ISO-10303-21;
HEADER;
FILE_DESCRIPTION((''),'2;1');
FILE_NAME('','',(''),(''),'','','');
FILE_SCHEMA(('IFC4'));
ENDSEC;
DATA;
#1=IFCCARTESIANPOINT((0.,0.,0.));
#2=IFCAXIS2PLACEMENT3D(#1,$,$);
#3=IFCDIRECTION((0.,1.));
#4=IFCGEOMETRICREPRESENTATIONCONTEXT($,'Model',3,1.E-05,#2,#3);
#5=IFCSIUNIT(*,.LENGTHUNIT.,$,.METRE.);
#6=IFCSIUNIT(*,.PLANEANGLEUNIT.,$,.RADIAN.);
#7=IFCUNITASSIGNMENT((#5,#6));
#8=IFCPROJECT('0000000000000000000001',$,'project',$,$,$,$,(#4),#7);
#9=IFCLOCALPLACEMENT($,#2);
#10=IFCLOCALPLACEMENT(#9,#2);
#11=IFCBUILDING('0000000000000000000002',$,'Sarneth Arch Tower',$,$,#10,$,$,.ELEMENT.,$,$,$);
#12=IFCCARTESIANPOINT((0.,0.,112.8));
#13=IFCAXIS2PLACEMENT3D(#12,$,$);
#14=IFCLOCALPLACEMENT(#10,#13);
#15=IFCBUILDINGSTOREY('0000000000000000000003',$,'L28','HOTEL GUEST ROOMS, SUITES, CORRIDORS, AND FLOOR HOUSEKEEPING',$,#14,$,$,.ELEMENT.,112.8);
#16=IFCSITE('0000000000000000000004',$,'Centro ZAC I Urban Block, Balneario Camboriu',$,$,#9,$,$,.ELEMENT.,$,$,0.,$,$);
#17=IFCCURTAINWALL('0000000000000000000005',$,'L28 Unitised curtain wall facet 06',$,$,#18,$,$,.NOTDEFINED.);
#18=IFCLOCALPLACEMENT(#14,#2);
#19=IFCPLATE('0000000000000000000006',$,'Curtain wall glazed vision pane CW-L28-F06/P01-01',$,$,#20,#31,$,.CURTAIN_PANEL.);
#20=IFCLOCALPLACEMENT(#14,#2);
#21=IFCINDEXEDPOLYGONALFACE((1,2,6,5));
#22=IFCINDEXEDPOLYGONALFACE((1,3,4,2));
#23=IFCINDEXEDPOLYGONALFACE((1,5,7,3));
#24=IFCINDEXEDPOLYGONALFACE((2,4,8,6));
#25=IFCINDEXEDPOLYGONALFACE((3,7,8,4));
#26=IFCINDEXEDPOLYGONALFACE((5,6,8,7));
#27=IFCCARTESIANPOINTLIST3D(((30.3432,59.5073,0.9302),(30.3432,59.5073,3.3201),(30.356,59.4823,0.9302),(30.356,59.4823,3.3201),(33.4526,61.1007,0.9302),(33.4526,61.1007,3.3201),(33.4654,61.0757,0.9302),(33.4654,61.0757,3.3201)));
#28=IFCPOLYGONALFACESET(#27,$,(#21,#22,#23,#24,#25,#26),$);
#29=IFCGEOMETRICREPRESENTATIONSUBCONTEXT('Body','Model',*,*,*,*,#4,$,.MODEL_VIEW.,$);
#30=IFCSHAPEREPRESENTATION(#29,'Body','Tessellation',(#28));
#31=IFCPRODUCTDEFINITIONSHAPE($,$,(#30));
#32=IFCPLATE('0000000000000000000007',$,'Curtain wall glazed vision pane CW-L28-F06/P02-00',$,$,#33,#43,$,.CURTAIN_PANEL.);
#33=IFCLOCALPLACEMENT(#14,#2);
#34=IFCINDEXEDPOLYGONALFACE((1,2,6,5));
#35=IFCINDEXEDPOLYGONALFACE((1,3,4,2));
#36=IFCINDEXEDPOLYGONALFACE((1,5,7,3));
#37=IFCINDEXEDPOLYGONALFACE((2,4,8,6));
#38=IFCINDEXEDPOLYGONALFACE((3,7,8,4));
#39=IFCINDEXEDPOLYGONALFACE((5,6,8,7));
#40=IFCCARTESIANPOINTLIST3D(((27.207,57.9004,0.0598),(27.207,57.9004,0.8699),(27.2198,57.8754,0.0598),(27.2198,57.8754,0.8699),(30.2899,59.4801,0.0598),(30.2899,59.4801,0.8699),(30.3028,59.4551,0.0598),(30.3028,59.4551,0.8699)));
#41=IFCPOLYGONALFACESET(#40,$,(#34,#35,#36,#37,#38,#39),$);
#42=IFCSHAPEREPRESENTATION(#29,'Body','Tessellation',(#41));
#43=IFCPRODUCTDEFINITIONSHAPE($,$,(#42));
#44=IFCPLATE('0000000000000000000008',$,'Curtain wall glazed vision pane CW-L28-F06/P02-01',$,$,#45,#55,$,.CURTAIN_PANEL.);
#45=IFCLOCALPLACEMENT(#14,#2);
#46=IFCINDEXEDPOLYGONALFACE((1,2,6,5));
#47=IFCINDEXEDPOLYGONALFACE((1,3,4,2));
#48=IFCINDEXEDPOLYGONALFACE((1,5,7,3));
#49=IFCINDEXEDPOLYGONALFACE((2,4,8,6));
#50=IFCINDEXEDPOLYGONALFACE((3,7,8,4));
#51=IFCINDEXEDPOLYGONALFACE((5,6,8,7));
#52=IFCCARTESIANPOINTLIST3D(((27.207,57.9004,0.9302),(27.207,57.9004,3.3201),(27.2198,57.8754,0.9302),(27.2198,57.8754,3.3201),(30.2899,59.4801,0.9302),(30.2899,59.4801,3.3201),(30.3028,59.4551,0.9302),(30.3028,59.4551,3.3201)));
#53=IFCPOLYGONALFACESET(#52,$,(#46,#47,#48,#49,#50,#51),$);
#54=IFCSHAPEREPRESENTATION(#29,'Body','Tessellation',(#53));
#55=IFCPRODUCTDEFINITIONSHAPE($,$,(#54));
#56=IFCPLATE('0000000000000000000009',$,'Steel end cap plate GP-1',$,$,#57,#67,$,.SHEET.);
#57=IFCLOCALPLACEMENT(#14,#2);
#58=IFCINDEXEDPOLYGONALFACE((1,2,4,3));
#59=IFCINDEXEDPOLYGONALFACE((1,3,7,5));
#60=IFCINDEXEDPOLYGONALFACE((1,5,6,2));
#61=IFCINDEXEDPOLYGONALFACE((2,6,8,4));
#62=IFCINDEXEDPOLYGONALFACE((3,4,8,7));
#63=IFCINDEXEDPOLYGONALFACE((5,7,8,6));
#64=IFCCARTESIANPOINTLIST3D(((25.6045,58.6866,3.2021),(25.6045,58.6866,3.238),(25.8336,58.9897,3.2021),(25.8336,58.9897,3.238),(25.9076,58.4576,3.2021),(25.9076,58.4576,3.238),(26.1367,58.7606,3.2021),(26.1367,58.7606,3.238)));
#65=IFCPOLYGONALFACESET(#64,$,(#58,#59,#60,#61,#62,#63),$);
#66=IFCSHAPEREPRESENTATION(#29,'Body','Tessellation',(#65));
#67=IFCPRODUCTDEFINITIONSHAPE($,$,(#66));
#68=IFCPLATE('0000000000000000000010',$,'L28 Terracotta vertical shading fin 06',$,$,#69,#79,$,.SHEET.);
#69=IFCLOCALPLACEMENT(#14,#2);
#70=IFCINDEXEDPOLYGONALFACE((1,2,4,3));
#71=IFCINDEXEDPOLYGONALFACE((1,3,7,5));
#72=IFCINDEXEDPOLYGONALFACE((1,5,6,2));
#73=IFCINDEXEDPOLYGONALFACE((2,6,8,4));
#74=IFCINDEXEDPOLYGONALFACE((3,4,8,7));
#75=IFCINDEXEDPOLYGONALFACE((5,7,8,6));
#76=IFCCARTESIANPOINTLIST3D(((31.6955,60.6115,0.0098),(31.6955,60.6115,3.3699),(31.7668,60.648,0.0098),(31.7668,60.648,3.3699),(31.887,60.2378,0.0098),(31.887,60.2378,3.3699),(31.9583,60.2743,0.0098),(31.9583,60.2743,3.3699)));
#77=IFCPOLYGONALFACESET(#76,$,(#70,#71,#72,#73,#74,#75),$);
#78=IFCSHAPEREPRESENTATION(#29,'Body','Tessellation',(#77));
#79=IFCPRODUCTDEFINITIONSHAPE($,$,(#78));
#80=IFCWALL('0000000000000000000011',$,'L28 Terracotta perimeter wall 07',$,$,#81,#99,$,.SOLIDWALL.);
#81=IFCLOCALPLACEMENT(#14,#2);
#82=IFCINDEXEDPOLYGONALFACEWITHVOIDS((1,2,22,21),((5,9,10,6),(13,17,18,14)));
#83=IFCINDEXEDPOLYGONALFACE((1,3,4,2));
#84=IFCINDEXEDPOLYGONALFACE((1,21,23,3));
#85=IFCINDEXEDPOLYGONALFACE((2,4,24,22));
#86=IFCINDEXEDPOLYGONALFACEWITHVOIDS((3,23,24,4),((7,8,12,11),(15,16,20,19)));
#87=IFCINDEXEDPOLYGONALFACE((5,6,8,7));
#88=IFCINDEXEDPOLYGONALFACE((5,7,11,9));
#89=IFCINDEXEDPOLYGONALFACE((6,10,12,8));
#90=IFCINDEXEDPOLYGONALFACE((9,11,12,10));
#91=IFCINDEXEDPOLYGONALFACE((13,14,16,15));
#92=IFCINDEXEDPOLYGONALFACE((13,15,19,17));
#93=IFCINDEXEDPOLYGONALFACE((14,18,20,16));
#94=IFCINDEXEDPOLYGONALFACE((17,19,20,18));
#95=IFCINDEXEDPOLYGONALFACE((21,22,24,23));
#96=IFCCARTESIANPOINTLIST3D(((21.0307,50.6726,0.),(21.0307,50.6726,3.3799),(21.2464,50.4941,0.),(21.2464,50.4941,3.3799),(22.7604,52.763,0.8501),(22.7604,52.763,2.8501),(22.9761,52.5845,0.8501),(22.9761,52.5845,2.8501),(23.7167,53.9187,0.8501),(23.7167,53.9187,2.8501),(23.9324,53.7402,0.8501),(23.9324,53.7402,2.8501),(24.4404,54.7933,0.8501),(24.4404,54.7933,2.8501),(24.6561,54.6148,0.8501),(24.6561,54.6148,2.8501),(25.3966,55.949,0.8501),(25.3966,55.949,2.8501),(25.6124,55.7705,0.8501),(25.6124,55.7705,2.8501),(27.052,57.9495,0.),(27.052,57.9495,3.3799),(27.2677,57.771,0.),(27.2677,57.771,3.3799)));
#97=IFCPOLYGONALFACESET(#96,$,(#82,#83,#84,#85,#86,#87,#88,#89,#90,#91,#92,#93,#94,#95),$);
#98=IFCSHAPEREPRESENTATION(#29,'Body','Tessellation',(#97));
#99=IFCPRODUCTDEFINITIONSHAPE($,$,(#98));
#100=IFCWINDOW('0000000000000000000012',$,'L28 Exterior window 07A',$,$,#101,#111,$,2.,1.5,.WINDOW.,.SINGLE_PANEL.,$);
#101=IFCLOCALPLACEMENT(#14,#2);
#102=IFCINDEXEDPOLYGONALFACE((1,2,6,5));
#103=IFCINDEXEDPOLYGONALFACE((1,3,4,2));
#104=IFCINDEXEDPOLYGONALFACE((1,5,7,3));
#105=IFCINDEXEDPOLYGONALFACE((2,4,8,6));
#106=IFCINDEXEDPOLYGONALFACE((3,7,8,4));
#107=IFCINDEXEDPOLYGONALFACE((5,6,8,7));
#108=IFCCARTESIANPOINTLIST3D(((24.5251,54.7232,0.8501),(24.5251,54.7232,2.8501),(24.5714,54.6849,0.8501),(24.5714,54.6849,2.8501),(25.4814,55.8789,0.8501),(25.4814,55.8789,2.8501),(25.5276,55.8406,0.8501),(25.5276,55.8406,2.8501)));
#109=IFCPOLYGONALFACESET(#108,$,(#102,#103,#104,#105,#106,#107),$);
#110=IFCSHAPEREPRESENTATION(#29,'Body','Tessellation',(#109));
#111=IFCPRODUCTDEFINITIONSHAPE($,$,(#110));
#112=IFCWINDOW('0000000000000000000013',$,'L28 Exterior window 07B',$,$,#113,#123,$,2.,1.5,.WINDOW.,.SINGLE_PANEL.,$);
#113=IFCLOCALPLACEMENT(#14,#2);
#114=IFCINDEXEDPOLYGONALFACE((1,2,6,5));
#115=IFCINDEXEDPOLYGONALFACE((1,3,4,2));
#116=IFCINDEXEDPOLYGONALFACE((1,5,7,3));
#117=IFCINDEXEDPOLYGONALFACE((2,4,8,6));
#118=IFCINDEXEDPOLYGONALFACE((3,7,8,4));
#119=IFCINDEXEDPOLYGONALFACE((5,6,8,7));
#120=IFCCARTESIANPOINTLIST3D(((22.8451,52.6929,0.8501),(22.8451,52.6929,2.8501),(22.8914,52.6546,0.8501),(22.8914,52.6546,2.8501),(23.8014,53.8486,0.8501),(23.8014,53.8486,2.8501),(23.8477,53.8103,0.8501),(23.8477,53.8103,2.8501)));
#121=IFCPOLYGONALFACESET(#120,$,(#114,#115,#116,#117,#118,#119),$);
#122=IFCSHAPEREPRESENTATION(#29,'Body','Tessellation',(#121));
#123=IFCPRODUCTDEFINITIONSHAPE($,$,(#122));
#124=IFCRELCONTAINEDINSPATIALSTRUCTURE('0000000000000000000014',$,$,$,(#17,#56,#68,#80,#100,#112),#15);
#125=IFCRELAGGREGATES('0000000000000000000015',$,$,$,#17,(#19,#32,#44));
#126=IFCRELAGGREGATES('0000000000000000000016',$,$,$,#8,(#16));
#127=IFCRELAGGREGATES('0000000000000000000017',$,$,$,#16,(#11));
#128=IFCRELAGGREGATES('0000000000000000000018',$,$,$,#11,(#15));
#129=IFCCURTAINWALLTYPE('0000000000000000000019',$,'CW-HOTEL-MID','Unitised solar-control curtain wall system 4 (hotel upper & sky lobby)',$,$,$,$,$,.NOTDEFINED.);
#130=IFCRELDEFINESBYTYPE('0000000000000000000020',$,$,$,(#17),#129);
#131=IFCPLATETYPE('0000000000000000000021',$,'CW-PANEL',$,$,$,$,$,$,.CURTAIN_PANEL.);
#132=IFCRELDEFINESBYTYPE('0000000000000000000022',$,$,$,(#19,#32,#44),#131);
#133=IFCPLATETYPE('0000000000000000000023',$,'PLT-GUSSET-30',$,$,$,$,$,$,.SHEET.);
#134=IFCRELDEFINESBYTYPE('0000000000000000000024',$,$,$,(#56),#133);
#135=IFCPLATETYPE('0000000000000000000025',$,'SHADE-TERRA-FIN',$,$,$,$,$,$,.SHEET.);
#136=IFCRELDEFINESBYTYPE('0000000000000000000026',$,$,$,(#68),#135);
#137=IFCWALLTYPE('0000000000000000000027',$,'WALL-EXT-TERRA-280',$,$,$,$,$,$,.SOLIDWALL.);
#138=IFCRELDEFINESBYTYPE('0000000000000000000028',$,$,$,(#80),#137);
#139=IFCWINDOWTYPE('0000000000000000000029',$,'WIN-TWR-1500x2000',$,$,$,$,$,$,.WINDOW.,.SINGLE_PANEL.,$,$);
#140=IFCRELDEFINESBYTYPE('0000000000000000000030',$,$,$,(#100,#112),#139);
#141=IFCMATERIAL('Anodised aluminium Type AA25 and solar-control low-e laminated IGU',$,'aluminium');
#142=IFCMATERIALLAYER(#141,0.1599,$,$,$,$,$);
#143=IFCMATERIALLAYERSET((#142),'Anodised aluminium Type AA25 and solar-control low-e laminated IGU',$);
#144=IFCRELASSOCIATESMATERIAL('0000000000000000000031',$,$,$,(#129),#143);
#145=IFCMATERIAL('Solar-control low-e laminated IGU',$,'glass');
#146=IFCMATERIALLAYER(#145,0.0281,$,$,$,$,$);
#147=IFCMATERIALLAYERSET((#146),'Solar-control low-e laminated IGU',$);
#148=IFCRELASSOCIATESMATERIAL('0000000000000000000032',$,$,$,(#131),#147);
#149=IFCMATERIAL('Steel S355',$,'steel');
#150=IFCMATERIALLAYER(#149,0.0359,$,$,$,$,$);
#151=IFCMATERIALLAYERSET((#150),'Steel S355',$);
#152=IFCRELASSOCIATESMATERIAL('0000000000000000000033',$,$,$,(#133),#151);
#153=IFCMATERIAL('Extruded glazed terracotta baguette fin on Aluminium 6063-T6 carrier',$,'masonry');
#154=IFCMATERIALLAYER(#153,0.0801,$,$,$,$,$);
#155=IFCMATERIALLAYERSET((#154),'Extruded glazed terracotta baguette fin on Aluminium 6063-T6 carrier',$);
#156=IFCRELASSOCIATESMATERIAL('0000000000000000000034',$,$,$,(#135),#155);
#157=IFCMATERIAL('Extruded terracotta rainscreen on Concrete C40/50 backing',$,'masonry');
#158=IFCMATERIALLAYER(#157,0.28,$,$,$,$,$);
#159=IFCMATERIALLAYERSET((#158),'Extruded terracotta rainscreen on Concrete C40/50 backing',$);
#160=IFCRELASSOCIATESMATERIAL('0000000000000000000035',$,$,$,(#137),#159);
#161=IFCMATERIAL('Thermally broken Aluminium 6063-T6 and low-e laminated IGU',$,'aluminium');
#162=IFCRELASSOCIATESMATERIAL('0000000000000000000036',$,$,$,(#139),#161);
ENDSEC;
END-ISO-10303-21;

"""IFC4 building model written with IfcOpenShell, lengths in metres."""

from ifc_helpers import new_model, si_unit, direction, frame, frame_2d, origin, origin_2d, place, context, subcontext, project, spatial, rectangle, extrude, material, layer, layer_set, type_object, element, fill, aggregate, save


model = new_model("IFC4")

# Units and contexts
model_context = context("Model", 3, precision=1e-05, world=origin(), true_north=direction((0.0, 1.0)))
body_context = subcontext(model_context, "Body", "Model", "MODEL_VIEW")
ifc_project = project(units=[si_unit("LENGTHUNIT", "METRE"), si_unit("PLANEANGLEUNIT", "RADIAN")], contexts=[model_context])

# Site, building, storey
site_placement = place(None, origin())
site = spatial("IfcSite", under=ifc_project, at=site_placement, Name="Centro ZAC I Urban Block, Balneario Camboriu", CompositionType="ELEMENT", RefElevation=0.0)
building_placement = place(site_placement, origin())
building = spatial("IfcBuilding", under=site, at=building_placement, Name="Sarneth Arch Tower", CompositionType="ELEMENT")
storey_placement = place(building_placement, frame((0.0, 0.0, 112.8)))
storey = spatial("IfcBuildingStorey", under=building, at=storey_placement, Name="L28", Description="HOTEL GUEST ROOMS, SUITES, CORRIDORS, AND FLOOR HOUSEKEEPING", CompositionType="ELEMENT", Elevation=112.8)

# Curtain wall
ifc_material_1 = material(Name="Anodised aluminium Type AA25 and solar-control low-e laminated IGU", Category="aluminium")
ifc_layer_1 = layer(ifc_material_1, 0.1599)
ifc_layer_set_1 = layer_set([ifc_layer_1], Name="Anodised aluminium Type AA25 and solar-control low-e laminated IGU")
curtain_wall_type = type_object("IfcCurtainWallType", Name="CW-HOTEL-MID", Description="Unitised solar-control curtain wall system 4 (hotel upper & sky lobby)", PredefinedType="NOTDEFINED", material=ifc_layer_set_1)
curtain_wall_placement = place(storey_placement, origin())
curtain_wall = element("IfcCurtainWall", 1, at=curtain_wall_placement, inside=storey, type_object=curtain_wall_type, Name="L28 Unitised curtain wall facet 06", PredefinedType="NOTDEFINED")

# Plates
ifc_material_2 = material(Name="Solar-control low-e laminated IGU", Category="glass")
ifc_layer_2 = layer(ifc_material_2, 0.0281)
ifc_layer_set_2 = layer_set([ifc_layer_2], Name="Solar-control low-e laminated IGU")
plate_type_1 = type_object("IfcPlateType", Name="CW-PANEL", PredefinedType="CURTAIN_PANEL", material=ifc_layer_set_2)
plate_1_placement = place(storey_placement, frame((31.9043, 60.2915, 0.9302), z_axis=(0.0, 0.0, 1.0), x_axis=(-0.889964, -0.456031, 0.0)))
plate_1 = element("IfcPlate", 2, at=plate_1_placement, type_object=plate_type_1, Name="Curtain wall glazed vision pane CW-L28-F06/P01-01", PredefinedType="CURTAIN_PANEL", context=body_context, shape_type="SweptSolid", body=[
    extrude(rectangle(XDim=3.4939, YDim=0.0281, at=origin_2d()), origin(), (0.0, 0.0, 1.0), 2.3899),
])
plate_2_placement = place(storey_placement, frame((28.7549, 58.6777, 0.0598), z_axis=(0.0, 0.0, 1.0), x_axis=(-0.889964, -0.456031, 0.0)))
plate_2 = element("IfcPlate", 3, at=plate_2_placement, type_object=plate_type_1, Name="Curtain wall glazed vision pane CW-L28-F06/P02-00", PredefinedType="CURTAIN_PANEL", context=body_context, shape_type="SweptSolid", body=[
    extrude(rectangle(XDim=3.4641, YDim=0.0281, at=origin_2d()), origin(), (0.0, 0.0, 1.0), 0.8101),
])
plate_3_placement = place(storey_placement, frame((28.7549, 58.6777, 0.9302), z_axis=(0.0, 0.0, 1.0), x_axis=(-0.889964, -0.456031, 0.0)))
plate_3 = element("IfcPlate", 4, at=plate_3_placement, type_object=plate_type_1, Name="Curtain wall glazed vision pane CW-L28-F06/P02-01", PredefinedType="CURTAIN_PANEL", context=body_context, shape_type="SweptSolid", body=[
    extrude(rectangle(XDim=3.4641, YDim=0.0281, at=origin_2d()), origin(), (0.0, 0.0, 1.0), 2.3899),
])
aggregate(curtain_wall, [plate_1, plate_2, plate_3])

# Plates
ifc_material_3 = material(Name="Steel S355", Category="steel")
ifc_layer_3 = layer(ifc_material_3, 0.0359)
ifc_layer_set_3 = layer_set([ifc_layer_3], Name="Steel S355")
plate_type_2 = type_object("IfcPlateType", Name="PLT-GUSSET-30", PredefinedType="SHEET", material=ifc_layer_set_3)
plate_4_placement = place(storey_placement, frame((25.8706, 58.7236, 3.2021), z_axis=(0.0, 0.0, 1.0), x_axis=(-0.797794, 0.60293, 0.0)))
element("IfcPlate", 5, at=plate_4_placement, inside=storey, type_object=plate_type_2, Name="Steel end cap plate GP-1", PredefinedType="SHEET", context=body_context, shape_type="SweptSolid", body=[
    extrude(rectangle(XDim=0.3799, YDim=0.3799, at=origin_2d()), origin(), (0.0, 0.0, 1.0), 0.0359),
])
ifc_material_4 = material(Name="Extruded glazed terracotta baguette fin on Aluminium 6063-T6 carrier", Category="masonry")
ifc_layer_4 = layer(ifc_material_4, 0.0801)
ifc_layer_set_4 = layer_set([ifc_layer_4], Name="Extruded glazed terracotta baguette fin on Aluminium 6063-T6 carrier")
plate_type_3 = type_object("IfcPlateType", Name="SHADE-TERRA-FIN", PredefinedType="SHEET", material=ifc_layer_set_4)
plate_5_placement = place(storey_placement, frame((31.8269, 60.4429, 0.0098), z_axis=(0.0, 0.0, 1.0), x_axis=(-0.456011, 0.889974, 0.0)))
element("IfcPlate", 6, at=plate_5_placement, inside=storey, type_object=plate_type_3, Name="L28 Terracotta vertical shading fin 06", PredefinedType="SHEET", context=body_context, shape_type="SweptSolid", body=[
    extrude(rectangle(XDim=0.4199, YDim=0.0801, at=origin_2d()), origin(), (0.0, 0.0, 1.0), 3.3601),
])

# Wall, openings, windows
ifc_material_5 = material(Name="Extruded terracotta rainscreen on Concrete C40/50 backing", Category="masonry")
ifc_layer_5 = layer(ifc_material_5, 0.28)
ifc_layer_set_5 = layer_set([ifc_layer_5], Name="Extruded terracotta rainscreen on Concrete C40/50 backing")
wall_type = type_object("IfcWallType", Name="WALL-EXT-TERRA-280", PredefinedType="SOLIDWALL", material=ifc_layer_set_5)
wall_placement = place(storey_placement, frame((27.1599, 57.8604, 0.0), z_axis=(0.0, 0.0, 1.0), x_axis=(-0.637506, -0.770446, 0.0)))
wall = element("IfcWall", 7, at=wall_placement, inside=storey, type_object=wall_type, Name="L28 Terracotta perimeter wall 07", PredefinedType="SOLIDWALL", context=body_context, shape_type="SweptSolid", body=[
    extrude(rectangle(XDim=9.4451, YDim=0.28, at=frame_2d((4.7227, 0.0))), origin(), (0.0, 0.0, 1.0), 3.3799),
])
opening_1_placement = place(wall_placement, frame((2.5967, 0.0, 0.8501)))
opening_1 = element("IfcOpeningElement", 8, at=opening_1_placement, cuts=wall, PredefinedType="OPENING", context=body_context, shape_type="SweptSolid", body=[
    extrude(rectangle(XDim=1.5, YDim=2.0, at=frame_2d((0.75, 1.0))), frame((0.0, 0.1499, 0.0), z_axis=(0.0, -1.0, 0.0), x_axis=(1.0, 0.0, 0.0)), (0.0, 0.0, 1.0), 0.3),
])
opening_2_placement = place(wall_placement, frame((5.2319, 0.0, 0.8501)))
opening_2 = element("IfcOpeningElement", 9, at=opening_2_placement, cuts=wall, PredefinedType="OPENING", context=body_context, shape_type="SweptSolid", body=[
    extrude(rectangle(XDim=1.5, YDim=2.0, at=frame_2d((0.75, 1.0))), frame((0.0, 0.1499, 0.0), z_axis=(0.0, -1.0, 0.0), x_axis=(1.0, 0.0, 0.0)), (0.0, 0.0, 1.0), 0.3),
])
ifc_material_6 = material(Name="Thermally broken Aluminium 6063-T6 and low-e laminated IGU", Category="aluminium")
window_type = type_object("IfcWindowType", Name="WIN-TWR-1500x2000", PartitioningType="SINGLE_PANEL", PredefinedType="WINDOW", material=ifc_material_6)
window_1_placement = place(opening_1_placement, origin())
window_1 = element("IfcWindow", 10, at=window_1_placement, inside=storey, type_object=window_type, Name="L28 Exterior window 07A", OverallHeight=2.0, OverallWidth=1.5, PartitioningType="SINGLE_PANEL", PredefinedType="WINDOW", context=body_context, shape_type="SweptSolid", body=[
    extrude(rectangle(XDim=1.5, YDim=2.0, at=frame_2d((0.75, 1.0))), frame((0.0, 0.03, 0.0), z_axis=(0.0, -1.0, 0.0), x_axis=(1.0, 0.0, 0.0)), (0.0, 0.0, 1.0), 0.0601),
])
fill(opening_1, window_1)
window_2_placement = place(opening_2_placement, origin())
window_2 = element("IfcWindow", 11, at=window_2_placement, inside=storey, type_object=window_type, Name="L28 Exterior window 07B", OverallHeight=2.0, OverallWidth=1.5, PartitioningType="SINGLE_PANEL", PredefinedType="WINDOW", context=body_context, shape_type="SweptSolid", body=[
    extrude(rectangle(XDim=1.5, YDim=2.0, at=frame_2d((0.75, 1.0))), frame((0.0, 0.03, 0.0), z_axis=(0.0, -1.0, 0.0), x_axis=(1.0, 0.0, 0.0)), (0.0, 0.0, 1.0), 0.0601),
])
fill(opening_2, window_2)

save(model, "model.ifc")
